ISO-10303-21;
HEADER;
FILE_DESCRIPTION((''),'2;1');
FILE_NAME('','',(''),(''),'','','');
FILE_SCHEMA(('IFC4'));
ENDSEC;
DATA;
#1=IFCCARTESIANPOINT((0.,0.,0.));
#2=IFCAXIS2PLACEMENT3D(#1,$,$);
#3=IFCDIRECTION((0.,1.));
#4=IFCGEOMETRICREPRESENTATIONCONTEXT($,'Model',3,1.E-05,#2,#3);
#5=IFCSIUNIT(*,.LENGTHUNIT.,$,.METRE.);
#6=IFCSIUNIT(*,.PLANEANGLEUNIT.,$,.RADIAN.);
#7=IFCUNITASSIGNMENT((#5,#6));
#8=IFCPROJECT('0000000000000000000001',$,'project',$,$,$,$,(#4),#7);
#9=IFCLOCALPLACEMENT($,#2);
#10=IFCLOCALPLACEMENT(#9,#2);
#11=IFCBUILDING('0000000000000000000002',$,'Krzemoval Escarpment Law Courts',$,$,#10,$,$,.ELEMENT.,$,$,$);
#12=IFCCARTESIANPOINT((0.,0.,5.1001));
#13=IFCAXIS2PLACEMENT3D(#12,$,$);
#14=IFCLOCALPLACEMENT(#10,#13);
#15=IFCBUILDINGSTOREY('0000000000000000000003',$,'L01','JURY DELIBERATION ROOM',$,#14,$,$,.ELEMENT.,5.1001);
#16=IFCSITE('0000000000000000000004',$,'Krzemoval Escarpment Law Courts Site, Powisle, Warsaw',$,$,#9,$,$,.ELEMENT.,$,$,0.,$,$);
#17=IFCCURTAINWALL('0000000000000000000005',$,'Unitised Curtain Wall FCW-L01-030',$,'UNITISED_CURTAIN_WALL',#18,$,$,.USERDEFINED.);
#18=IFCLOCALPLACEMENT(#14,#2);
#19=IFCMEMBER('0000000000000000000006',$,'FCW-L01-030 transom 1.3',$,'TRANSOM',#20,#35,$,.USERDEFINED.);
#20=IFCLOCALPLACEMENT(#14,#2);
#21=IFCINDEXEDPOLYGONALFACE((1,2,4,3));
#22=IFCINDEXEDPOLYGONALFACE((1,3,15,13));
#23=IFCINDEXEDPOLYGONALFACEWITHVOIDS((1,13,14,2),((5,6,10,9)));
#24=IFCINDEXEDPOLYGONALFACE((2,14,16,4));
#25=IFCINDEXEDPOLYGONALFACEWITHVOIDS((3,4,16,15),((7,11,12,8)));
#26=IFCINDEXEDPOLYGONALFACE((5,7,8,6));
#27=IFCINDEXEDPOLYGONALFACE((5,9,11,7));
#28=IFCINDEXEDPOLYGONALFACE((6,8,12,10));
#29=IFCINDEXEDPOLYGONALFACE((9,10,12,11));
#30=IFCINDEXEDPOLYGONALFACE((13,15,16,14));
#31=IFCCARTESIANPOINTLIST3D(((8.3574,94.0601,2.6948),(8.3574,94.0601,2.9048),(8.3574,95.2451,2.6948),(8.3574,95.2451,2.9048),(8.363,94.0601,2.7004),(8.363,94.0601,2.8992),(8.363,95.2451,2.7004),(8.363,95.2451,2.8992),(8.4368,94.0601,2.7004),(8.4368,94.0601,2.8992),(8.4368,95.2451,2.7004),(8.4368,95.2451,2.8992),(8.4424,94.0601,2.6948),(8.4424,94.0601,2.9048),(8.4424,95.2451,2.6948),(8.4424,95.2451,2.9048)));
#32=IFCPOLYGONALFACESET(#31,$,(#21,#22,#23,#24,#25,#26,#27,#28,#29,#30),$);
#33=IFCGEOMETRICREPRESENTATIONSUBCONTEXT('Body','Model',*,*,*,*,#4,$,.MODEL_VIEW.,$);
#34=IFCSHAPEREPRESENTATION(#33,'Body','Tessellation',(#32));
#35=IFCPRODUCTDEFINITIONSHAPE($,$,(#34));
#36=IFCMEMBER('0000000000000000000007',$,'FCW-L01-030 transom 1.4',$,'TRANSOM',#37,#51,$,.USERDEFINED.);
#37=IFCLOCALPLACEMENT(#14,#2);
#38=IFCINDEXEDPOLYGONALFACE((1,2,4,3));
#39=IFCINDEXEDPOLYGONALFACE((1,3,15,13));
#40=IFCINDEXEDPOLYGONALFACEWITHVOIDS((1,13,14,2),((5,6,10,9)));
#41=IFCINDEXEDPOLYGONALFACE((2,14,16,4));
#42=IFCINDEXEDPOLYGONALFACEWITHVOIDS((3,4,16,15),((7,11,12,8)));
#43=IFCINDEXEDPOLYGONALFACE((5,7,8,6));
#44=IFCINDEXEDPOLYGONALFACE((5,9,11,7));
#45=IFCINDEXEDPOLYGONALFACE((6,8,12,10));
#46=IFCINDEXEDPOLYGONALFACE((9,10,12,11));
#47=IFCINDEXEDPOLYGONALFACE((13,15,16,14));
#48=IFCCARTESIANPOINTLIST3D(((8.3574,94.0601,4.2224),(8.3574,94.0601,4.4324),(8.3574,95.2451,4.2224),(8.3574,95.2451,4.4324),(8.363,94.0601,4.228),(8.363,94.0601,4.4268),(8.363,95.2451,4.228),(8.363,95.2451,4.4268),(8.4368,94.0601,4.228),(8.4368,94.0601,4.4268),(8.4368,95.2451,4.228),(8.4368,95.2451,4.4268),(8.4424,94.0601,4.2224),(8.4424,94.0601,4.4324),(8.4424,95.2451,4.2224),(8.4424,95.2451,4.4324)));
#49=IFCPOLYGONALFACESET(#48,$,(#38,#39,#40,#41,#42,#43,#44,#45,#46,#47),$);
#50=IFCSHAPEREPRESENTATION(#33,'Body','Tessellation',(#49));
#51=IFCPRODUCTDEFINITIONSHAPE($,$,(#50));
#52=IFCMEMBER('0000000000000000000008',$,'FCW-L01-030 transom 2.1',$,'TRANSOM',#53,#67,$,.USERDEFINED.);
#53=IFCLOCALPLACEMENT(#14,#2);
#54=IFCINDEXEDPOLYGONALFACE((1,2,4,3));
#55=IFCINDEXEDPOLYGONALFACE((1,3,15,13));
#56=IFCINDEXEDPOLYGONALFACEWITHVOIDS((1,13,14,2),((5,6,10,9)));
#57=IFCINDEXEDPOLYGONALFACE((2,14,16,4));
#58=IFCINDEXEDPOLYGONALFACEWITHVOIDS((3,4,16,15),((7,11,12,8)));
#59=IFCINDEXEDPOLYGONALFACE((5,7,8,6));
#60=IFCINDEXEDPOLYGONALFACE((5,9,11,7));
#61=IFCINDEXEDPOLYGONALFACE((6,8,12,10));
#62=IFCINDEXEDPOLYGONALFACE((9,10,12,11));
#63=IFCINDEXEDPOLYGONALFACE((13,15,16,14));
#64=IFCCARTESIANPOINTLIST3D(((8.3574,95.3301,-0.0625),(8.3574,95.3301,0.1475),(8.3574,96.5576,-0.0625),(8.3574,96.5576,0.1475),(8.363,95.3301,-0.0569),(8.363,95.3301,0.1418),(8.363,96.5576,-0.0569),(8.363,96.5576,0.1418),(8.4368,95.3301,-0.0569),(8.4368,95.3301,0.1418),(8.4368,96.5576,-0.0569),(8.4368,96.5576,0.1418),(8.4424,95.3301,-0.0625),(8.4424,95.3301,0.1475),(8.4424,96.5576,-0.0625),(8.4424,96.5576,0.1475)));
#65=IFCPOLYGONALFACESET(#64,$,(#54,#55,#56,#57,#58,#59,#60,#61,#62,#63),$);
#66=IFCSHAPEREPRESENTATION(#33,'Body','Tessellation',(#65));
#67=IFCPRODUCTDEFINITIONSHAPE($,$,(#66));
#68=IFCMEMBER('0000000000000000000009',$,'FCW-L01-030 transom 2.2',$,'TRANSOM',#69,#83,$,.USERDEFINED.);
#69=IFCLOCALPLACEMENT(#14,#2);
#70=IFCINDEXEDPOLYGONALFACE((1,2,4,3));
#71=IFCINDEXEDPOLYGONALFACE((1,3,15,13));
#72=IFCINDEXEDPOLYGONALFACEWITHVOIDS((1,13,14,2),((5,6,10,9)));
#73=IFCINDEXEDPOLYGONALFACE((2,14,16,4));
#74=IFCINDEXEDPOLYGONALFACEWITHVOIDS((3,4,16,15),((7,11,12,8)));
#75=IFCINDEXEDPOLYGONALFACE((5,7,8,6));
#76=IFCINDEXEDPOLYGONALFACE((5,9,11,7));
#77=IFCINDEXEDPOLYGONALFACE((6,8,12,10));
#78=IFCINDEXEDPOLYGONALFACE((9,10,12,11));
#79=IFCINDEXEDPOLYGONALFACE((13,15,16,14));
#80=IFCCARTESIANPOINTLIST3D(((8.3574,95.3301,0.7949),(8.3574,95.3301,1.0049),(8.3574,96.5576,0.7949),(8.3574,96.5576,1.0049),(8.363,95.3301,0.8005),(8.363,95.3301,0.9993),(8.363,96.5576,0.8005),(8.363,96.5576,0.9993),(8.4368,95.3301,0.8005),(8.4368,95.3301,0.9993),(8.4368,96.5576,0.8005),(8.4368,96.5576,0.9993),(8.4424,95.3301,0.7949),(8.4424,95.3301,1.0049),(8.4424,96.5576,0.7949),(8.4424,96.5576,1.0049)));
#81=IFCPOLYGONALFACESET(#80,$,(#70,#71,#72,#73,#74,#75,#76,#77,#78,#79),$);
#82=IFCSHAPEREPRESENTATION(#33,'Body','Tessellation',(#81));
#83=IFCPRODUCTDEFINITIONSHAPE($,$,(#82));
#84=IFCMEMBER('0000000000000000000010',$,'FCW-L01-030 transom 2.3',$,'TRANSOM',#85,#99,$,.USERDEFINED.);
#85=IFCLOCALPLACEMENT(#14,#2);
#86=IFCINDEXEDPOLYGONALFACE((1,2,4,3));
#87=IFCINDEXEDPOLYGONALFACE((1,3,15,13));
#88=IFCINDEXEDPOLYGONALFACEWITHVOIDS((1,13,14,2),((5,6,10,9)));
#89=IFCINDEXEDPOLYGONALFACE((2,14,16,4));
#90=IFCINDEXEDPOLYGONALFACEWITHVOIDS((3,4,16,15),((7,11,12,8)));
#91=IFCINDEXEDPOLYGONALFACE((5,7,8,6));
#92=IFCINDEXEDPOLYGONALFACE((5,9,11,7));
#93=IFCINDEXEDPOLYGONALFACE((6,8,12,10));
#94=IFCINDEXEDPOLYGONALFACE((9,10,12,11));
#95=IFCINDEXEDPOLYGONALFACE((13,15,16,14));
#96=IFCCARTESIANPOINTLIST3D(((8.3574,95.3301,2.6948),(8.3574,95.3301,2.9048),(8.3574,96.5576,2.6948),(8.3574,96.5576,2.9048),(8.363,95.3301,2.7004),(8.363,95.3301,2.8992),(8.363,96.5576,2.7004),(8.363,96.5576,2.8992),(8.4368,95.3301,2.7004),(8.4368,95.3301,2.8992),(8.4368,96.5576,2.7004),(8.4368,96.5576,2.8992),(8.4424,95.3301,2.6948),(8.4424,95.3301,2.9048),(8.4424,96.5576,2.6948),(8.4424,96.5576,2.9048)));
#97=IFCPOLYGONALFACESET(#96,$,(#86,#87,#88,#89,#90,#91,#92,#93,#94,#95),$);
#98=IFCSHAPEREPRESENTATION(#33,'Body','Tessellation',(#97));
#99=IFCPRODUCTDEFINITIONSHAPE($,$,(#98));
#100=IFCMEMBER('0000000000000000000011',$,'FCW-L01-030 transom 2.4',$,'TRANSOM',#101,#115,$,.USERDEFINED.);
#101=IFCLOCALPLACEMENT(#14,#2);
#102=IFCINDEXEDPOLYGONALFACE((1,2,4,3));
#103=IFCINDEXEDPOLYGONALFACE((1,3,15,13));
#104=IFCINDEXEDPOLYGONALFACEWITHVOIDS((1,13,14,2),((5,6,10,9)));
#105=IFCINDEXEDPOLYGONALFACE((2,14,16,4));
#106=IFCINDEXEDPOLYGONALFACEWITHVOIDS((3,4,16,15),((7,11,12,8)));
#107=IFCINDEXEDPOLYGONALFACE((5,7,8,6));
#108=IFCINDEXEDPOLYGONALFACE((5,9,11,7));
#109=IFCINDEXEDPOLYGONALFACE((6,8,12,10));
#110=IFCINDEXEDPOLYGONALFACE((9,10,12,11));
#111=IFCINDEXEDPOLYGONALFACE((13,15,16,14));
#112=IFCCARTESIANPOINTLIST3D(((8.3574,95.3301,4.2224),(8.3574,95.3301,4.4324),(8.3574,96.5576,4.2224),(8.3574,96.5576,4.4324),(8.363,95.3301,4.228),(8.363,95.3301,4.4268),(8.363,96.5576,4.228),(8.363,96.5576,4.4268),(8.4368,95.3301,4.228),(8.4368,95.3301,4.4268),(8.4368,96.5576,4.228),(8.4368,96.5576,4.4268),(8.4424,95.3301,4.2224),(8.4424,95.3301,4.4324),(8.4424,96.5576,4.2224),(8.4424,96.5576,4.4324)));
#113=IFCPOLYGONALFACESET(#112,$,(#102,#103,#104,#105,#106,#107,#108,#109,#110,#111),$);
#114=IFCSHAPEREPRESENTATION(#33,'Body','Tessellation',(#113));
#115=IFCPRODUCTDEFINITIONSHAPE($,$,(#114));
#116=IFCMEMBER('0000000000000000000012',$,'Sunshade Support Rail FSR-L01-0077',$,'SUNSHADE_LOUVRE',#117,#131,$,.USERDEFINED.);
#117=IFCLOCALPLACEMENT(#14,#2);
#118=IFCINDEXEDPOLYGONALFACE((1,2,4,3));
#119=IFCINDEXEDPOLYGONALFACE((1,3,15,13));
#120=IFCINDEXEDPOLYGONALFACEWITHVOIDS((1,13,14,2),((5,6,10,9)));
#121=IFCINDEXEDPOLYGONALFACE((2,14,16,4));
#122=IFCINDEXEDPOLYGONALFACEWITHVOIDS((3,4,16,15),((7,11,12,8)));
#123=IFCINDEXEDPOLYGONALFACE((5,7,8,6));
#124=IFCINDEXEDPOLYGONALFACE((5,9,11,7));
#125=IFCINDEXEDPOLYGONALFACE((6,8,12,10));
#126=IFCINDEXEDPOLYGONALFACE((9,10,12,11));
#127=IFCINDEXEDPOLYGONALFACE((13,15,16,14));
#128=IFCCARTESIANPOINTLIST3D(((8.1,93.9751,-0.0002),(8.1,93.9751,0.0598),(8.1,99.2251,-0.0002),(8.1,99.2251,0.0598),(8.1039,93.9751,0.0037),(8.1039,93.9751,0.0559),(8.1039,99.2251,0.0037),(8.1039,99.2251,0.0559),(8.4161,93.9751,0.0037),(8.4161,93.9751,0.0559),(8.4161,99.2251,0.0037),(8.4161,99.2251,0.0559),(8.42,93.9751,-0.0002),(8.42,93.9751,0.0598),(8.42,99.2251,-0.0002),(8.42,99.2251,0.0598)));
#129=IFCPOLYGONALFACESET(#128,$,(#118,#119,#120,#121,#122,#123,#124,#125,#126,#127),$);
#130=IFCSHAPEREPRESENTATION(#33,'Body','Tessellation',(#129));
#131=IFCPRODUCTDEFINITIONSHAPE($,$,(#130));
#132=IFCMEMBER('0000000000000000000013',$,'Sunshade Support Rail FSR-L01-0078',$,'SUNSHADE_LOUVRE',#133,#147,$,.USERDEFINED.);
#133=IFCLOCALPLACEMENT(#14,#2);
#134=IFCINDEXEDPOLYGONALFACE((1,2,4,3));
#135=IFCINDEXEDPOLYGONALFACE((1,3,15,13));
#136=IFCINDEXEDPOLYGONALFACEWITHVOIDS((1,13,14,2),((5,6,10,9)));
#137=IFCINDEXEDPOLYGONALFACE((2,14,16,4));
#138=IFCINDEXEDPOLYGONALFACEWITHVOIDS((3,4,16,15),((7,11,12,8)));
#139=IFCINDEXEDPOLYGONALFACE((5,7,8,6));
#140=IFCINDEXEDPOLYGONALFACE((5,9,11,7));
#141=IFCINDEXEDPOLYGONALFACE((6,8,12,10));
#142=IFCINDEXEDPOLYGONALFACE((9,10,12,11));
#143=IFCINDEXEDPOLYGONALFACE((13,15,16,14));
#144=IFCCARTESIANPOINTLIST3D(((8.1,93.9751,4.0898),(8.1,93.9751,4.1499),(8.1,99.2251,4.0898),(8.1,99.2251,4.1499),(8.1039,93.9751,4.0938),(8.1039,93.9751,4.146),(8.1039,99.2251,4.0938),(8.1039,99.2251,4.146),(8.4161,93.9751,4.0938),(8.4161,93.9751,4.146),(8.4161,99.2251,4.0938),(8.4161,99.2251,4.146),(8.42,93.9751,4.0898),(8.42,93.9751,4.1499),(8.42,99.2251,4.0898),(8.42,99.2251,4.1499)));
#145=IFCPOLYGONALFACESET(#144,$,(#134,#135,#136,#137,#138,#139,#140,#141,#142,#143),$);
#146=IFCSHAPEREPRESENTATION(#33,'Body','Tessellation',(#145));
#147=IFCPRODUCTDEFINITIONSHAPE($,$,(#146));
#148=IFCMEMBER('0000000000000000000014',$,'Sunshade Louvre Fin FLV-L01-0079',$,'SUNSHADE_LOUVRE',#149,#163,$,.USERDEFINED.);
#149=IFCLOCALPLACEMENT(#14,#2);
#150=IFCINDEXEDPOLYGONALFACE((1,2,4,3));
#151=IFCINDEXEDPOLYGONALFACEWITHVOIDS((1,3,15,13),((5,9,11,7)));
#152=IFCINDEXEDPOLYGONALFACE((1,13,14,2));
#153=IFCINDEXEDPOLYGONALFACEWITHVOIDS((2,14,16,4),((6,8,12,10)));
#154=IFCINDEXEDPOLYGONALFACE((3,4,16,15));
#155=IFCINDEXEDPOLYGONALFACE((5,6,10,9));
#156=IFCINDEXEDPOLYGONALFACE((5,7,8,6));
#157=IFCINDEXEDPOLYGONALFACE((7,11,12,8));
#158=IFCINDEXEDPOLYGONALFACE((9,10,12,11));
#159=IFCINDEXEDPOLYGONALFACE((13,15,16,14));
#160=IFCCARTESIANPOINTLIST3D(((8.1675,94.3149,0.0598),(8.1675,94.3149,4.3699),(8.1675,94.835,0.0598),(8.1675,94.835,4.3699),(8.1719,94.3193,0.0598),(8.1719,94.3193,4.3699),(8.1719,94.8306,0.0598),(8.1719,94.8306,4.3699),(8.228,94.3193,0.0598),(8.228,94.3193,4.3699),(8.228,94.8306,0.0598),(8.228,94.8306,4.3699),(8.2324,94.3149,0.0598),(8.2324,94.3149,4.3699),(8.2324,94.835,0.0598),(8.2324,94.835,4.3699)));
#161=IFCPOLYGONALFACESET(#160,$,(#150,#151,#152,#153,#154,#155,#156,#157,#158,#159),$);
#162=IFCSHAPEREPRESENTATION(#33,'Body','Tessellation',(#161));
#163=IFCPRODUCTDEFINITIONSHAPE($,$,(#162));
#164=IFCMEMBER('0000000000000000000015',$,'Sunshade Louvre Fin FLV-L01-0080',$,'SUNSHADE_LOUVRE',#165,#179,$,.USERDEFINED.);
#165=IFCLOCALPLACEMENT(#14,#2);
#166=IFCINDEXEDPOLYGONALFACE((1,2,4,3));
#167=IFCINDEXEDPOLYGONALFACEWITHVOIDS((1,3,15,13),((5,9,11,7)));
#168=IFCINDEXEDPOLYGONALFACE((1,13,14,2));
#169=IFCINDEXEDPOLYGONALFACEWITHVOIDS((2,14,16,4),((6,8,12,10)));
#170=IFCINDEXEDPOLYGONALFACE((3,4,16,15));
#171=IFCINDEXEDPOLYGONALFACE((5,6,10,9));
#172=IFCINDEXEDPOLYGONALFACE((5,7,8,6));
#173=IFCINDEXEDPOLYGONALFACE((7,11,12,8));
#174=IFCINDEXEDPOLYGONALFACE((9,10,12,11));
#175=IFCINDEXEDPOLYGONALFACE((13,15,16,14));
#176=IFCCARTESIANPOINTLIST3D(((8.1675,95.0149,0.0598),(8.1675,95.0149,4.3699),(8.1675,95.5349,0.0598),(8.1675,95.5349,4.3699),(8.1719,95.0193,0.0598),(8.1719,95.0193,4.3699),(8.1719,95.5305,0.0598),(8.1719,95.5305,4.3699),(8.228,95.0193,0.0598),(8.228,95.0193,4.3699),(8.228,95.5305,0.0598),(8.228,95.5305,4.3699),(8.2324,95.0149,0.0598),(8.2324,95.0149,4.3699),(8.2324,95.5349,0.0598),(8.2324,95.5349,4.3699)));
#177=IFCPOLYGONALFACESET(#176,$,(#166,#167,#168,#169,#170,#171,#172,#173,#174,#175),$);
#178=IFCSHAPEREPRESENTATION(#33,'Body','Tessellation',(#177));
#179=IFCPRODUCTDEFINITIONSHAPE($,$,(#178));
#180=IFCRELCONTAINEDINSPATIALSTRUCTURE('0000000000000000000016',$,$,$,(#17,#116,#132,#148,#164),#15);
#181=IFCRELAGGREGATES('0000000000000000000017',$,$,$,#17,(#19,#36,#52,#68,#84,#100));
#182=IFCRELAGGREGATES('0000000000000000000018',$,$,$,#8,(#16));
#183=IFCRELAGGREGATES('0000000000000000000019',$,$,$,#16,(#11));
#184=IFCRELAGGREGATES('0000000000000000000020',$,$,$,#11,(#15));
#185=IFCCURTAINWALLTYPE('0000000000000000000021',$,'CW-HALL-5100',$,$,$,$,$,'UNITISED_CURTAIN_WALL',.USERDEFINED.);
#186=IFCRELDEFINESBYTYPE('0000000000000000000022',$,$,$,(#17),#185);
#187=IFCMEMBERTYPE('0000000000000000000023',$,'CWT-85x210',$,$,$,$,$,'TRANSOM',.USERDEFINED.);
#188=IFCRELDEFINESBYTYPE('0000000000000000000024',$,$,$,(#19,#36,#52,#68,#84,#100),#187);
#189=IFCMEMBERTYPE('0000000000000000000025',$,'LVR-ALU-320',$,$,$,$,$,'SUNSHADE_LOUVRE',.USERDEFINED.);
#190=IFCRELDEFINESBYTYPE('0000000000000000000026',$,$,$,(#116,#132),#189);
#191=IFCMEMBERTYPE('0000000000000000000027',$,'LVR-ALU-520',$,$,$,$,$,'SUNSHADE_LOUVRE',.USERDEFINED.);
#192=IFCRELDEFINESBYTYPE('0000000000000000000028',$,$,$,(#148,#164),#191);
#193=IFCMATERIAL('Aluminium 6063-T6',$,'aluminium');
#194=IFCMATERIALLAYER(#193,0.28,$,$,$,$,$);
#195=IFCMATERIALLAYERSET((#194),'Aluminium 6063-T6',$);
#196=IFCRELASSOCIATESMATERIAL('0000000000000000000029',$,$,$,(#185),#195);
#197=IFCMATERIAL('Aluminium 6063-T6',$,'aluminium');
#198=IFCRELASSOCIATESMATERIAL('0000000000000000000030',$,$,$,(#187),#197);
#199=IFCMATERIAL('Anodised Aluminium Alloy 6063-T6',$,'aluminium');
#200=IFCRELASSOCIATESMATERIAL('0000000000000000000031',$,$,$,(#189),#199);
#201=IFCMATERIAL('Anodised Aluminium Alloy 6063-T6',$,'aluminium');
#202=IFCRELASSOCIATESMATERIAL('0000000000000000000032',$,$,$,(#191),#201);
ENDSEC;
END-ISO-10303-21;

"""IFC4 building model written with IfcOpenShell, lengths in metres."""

from ifc_helpers import new_model, si_unit, direction, frame, origin, origin_2d, place, context, subcontext, project, spatial, hollow_rectangle, extrude, material, layer, layer_set, material_profile, profile_set, type_object, element, aggregate, save


model = new_model("IFC4")

# Units and contexts
model_context = context("Model", 3, precision=1e-05, world=origin(), true_north=direction((0.0, 1.0)))
body_context = subcontext(model_context, "Body", "Model", "MODEL_VIEW")
ifc_project = project(units=[si_unit("LENGTHUNIT", "METRE"), si_unit("PLANEANGLEUNIT", "RADIAN")], contexts=[model_context])

# Site, building, storey
site_placement = place(None, origin())
site = spatial("IfcSite", under=ifc_project, at=site_placement, Name="Krzemoval Escarpment Law Courts Site, Powisle, Warsaw", CompositionType="ELEMENT", RefElevation=0.0)
building_placement = place(site_placement, origin())
building = spatial("IfcBuilding", under=site, at=building_placement, Name="Krzemoval Escarpment Law Courts", CompositionType="ELEMENT")
storey_placement = place(building_placement, frame((0.0, 0.0, 5.1001)))
storey = spatial("IfcBuildingStorey", under=building, at=storey_placement, Name="L01", Description="JURY DELIBERATION ROOM", CompositionType="ELEMENT", Elevation=5.1001)

# Shared definitions
ifc_material_1 = material(Name="Aluminium 6063-T6", Category="aluminium")
ifc_layer_1 = layer(ifc_material_1, 0.28)
ifc_layer_set_1 = layer_set([ifc_layer_1], Name="Aluminium 6063-T6")
curtain_wall_type = type_object("IfcCurtainWallType", Name="CW-HALL-5100", ElementType="UNITISED_CURTAIN_WALL", PredefinedType="USERDEFINED", material=ifc_layer_set_1)

# Curtain wall
curtain_wall_1_placement = place(storey_placement, origin())
curtain_wall_1 = element("IfcCurtainWall", 1, at=curtain_wall_1_placement, inside=storey, type_object=curtain_wall_type, Name="Unitised Curtain Wall FCW-L01-030", ObjectType="UNITISED_CURTAIN_WALL", PredefinedType="USERDEFINED")

# Members
ifc_material_2 = material(Name="Aluminium 6063-T6", Category="aluminium")
ifc_material_profile_1 = material_profile(ifc_material_2, hollow_rectangle(XDim=0.085, YDim=0.21, WallThickness=0.0056, at=origin_2d()), Name="ALU T85x210")
ifc_profile_set_1 = profile_set([ifc_material_profile_1], Name="Aluminium 6063-T6")
member_type_1 = type_object("IfcMemberType", Name="CWT-85x210", ElementType="TRANSOM", PredefinedType="USERDEFINED", material=ifc_profile_set_1)
member_1_placement = place(storey_placement, frame((8.3999, 94.0601, 2.7998), z_axis=(0.0, 1.0, 0.0), x_axis=(-1.0, 0.0, 0.0)))
member_1 = element("IfcMember", 2, at=member_1_placement, type_object=member_type_1, Name="FCW-L01-030 transom 1.3", ObjectType="TRANSOM", PredefinedType="USERDEFINED", context=body_context, shape_type="SweptSolid", body=[
    extrude(hollow_rectangle(XDim=0.085, YDim=0.21, WallThickness=0.0056, at=origin_2d()), origin(), (0.0, 0.0, 1.0), 1.1851),
])
member_2_placement = place(storey_placement, frame((8.3999, 94.0601, 4.3274), z_axis=(0.0, 1.0, 0.0), x_axis=(-1.0, 0.0, 0.0)))
member_2 = element("IfcMember", 3, at=member_2_placement, type_object=member_type_1, Name="FCW-L01-030 transom 1.4", ObjectType="TRANSOM", PredefinedType="USERDEFINED", context=body_context, shape_type="SweptSolid", body=[
    extrude(hollow_rectangle(XDim=0.085, YDim=0.21, WallThickness=0.0056, at=origin_2d()), origin(), (0.0, 0.0, 1.0), 1.1851),
])
member_3_placement = place(storey_placement, frame((8.3999, 95.3301, 0.0425), z_axis=(0.0, 1.0, 0.0), x_axis=(-1.0, 0.0, 0.0)))
member_3 = element("IfcMember", 4, at=member_3_placement, type_object=member_type_1, Name="FCW-L01-030 transom 2.1", ObjectType="TRANSOM", PredefinedType="USERDEFINED", context=body_context, shape_type="SweptSolid", body=[
    extrude(hollow_rectangle(XDim=0.085, YDim=0.21, WallThickness=0.0056, at=origin_2d()), origin(), (0.0, 0.0, 1.0), 1.2275),
])
member_4_placement = place(storey_placement, frame((8.3999, 95.3301, 0.8999), z_axis=(0.0, 1.0, 0.0), x_axis=(-1.0, 0.0, 0.0)))
member_4 = element("IfcMember", 5, at=member_4_placement, type_object=member_type_1, Name="FCW-L01-030 transom 2.2", ObjectType="TRANSOM", PredefinedType="USERDEFINED", context=body_context, shape_type="SweptSolid", body=[
    extrude(hollow_rectangle(XDim=0.085, YDim=0.21, WallThickness=0.0056, at=origin_2d()), origin(), (0.0, 0.0, 1.0), 1.2275),
])
member_5_placement = place(storey_placement, frame((8.3999, 95.3301, 2.7998), z_axis=(0.0, 1.0, 0.0), x_axis=(-1.0, 0.0, 0.0)))
member_5 = element("IfcMember", 6, at=member_5_placement, type_object=member_type_1, Name="FCW-L01-030 transom 2.3", ObjectType="TRANSOM", PredefinedType="USERDEFINED", context=body_context, shape_type="SweptSolid", body=[
    extrude(hollow_rectangle(XDim=0.085, YDim=0.21, WallThickness=0.0056, at=origin_2d()), origin(), (0.0, 0.0, 1.0), 1.2275),
])
member_6_placement = place(storey_placement, frame((8.3999, 95.3301, 4.3274), z_axis=(0.0, 1.0, 0.0), x_axis=(-1.0, 0.0, 0.0)))
member_6 = element("IfcMember", 7, at=member_6_placement, type_object=member_type_1, Name="FCW-L01-030 transom 2.4", ObjectType="TRANSOM", PredefinedType="USERDEFINED", context=body_context, shape_type="SweptSolid", body=[
    extrude(hollow_rectangle(XDim=0.085, YDim=0.21, WallThickness=0.0056, at=origin_2d()), origin(), (0.0, 0.0, 1.0), 1.2275),
])

# Members
ifc_material_3 = material(Name="Anodised Aluminium Alloy 6063-T6", Category="aluminium")
ifc_material_profile_2 = material_profile(ifc_material_3, hollow_rectangle(XDim=0.0601, YDim=0.3201, WallThickness=0.0039, at=origin_2d()), Name="ALU LVR 60x320")
ifc_profile_set_2 = profile_set([ifc_material_profile_2], Name="Anodised Aluminium Alloy 6063-T6")
member_type_2 = type_object("IfcMemberType", Name="LVR-ALU-320", ElementType="SUNSHADE_LOUVRE", PredefinedType="USERDEFINED", material=ifc_profile_set_2)
for number, where, z_axis, x_axis, name in (
    (8, (8.26, 93.9751, 0.0298), (0.0, 1.0, 0.0), (0.0, 0.0, 1.0), "Sunshade Support Rail FSR-L01-0077"),
    (9, (8.26, 93.9751, 4.1199), (0.0, 1.0, 0.0), (0.0, 0.0, 1.0), "Sunshade Support Rail FSR-L01-0078"),
):
    element("IfcMember", number, at=place(storey_placement, frame(where, z_axis=z_axis, x_axis=x_axis)), inside=storey, type_object=member_type_2, Name=name, ObjectType="SUNSHADE_LOUVRE", PredefinedType="USERDEFINED", context=body_context, shape_type="SweptSolid", body=[
        extrude(hollow_rectangle(XDim=0.0601, YDim=0.3201, WallThickness=0.0039, at=origin_2d()), origin(), (0.0, 0.0, 1.0), 5.25),
    ])
ifc_material_4 = material(Name="Anodised Aluminium Alloy 6063-T6", Category="aluminium")
ifc_material_profile_3 = material_profile(ifc_material_4, hollow_rectangle(XDim=0.0649, YDim=0.52, WallThickness=0.0044, at=origin_2d()), Name="ALU LVR 65x520")
ifc_profile_set_3 = profile_set([ifc_material_profile_3], Name="Anodised Aluminium Alloy 6063-T6")
member_type_3 = type_object("IfcMemberType", Name="LVR-ALU-520", ElementType="SUNSHADE_LOUVRE", PredefinedType="USERDEFINED", material=ifc_profile_set_3)
for number, where, z_axis, x_axis, name in (
    (10, (8.2, 94.575, 0.0598), (0.0, 0.0, 1.0), (1.0, 0.0, 0.0), "Sunshade Louvre Fin FLV-L01-0079"),
    (11, (8.2, 95.2749, 0.0598), (0.0, 0.0, 1.0), (1.0, 0.0, 0.0), "Sunshade Louvre Fin FLV-L01-0080"),
):
    element("IfcMember", number, at=place(storey_placement, frame(where, z_axis=z_axis, x_axis=x_axis)), inside=storey, type_object=member_type_3, Name=name, ObjectType="SUNSHADE_LOUVRE", PredefinedType="USERDEFINED", context=body_context, shape_type="SweptSolid", body=[
        extrude(hollow_rectangle(XDim=0.0649, YDim=0.52, WallThickness=0.0044, at=origin_2d()), origin(), (0.0, 0.0, 1.0), 4.3101),
    ])

aggregate(curtain_wall_1, [member_1, member_2, member_3, member_4, member_5, member_6])

save(model, "model.ifc")
